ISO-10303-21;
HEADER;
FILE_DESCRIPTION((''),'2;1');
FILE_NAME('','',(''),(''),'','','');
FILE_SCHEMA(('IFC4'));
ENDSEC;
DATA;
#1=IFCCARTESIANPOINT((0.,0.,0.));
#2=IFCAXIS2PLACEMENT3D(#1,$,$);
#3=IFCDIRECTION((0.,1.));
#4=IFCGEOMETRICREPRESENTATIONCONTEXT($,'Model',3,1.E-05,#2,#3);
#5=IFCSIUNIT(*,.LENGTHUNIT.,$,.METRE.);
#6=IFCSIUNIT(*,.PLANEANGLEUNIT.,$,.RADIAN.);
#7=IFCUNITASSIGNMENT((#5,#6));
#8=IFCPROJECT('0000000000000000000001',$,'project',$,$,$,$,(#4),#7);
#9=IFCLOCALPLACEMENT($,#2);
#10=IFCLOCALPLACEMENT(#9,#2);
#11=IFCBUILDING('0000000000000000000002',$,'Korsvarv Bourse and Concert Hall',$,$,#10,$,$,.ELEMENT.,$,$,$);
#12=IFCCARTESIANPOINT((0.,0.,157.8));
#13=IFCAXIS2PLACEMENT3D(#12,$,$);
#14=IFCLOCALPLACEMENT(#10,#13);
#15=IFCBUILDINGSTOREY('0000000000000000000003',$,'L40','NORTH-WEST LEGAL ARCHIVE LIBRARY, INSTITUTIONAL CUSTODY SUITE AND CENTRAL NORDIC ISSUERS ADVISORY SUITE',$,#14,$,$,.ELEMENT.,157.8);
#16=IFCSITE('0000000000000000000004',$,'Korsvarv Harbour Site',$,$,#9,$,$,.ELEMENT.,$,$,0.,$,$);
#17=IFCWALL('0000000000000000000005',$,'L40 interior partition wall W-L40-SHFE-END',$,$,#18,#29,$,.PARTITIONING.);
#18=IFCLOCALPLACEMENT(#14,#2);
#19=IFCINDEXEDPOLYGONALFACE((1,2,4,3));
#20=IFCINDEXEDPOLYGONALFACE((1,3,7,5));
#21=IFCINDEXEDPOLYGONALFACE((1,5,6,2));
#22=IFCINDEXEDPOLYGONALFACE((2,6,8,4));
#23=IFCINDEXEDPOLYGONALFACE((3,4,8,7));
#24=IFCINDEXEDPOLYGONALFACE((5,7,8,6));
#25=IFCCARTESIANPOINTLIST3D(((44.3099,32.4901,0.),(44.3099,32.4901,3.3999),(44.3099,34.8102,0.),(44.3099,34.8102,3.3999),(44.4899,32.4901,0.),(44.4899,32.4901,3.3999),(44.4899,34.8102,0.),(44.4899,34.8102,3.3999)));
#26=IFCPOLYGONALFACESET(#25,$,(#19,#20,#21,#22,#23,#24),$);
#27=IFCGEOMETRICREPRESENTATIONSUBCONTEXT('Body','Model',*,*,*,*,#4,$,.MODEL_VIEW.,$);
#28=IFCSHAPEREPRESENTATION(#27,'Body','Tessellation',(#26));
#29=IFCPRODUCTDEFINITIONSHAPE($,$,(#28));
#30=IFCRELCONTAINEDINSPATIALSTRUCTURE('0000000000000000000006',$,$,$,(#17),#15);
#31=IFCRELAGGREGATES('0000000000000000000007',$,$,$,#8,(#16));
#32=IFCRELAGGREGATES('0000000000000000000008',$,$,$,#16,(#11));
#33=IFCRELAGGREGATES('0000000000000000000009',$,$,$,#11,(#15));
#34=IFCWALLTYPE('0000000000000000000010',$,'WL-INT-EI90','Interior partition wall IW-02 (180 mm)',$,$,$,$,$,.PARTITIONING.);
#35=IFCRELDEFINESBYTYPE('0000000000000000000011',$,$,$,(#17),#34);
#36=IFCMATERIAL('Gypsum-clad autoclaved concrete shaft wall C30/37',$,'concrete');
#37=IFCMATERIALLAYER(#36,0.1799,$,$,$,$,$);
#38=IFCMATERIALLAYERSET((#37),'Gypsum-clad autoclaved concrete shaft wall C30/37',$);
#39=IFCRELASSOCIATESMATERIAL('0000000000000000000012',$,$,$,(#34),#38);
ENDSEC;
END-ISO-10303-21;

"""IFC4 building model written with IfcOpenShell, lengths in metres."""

from ifc_helpers import new_model, si_unit, direction, frame, frame_2d, origin, place, context, subcontext, project, spatial, rectangle, extrude, material, layer, layer_set, type_object, element, save


model = new_model("IFC4")

# Units and contexts
model_context = context("Model", 3, precision=1e-05, world=origin(), true_north=direction((0.0, 1.0)))
body_context = subcontext(model_context, "Body", "Model", "MODEL_VIEW")
ifc_project = project(units=[si_unit("LENGTHUNIT", "METRE"), si_unit("PLANEANGLEUNIT", "RADIAN")], contexts=[model_context])

# Site, building, storey
site_placement = place(None, origin())
site = spatial("IfcSite", under=ifc_project, at=site_placement, Name="Korsvarv Harbour Site", CompositionType="ELEMENT", RefElevation=0.0)
building_placement = place(site_placement, origin())
building = spatial("IfcBuilding", under=site, at=building_placement, Name="Korsvarv Bourse and Concert Hall", CompositionType="ELEMENT")
storey_placement = place(building_placement, frame((0.0, 0.0, 157.8)))
storey = spatial("IfcBuildingStorey", under=building, at=storey_placement, Name="L40", Description="NORTH-WEST LEGAL ARCHIVE LIBRARY, INSTITUTIONAL CUSTODY SUITE AND CENTRAL NORDIC ISSUERS ADVISORY SUITE", CompositionType="ELEMENT", Elevation=157.8)

# Wall
ifc_material_1 = material(Name="Gypsum-clad autoclaved concrete shaft wall C30/37", Category="concrete")
ifc_layer_1 = layer(ifc_material_1, 0.1799)
ifc_layer_set_1 = layer_set([ifc_layer_1], Name="Gypsum-clad autoclaved concrete shaft wall C30/37")
wall_type_1 = type_object("IfcWallType", Name="WL-INT-EI90", Description="Interior partition wall IW-02 (180 mm)", PredefinedType="PARTITIONING", material=ifc_layer_set_1)
for number, where, z_axis, x_axis, name in (
    (1, (44.3999, 32.49, 0.0), (0.0, 0.0, 1.0), (0.0, 1.0, 0.0), "L40 interior partition wall W-L40-SHFE-END"),
):
    element("IfcWall", number, at=place(storey_placement, frame(where, z_axis=z_axis, x_axis=x_axis)), inside=storey, type_object=wall_type_1, Name=name, PredefinedType="PARTITIONING", context=body_context, shape_type="SweptSolid", body=[
        extrude(rectangle(XDim=2.3201, YDim=0.1799, at=frame_2d((1.1602, 0.0))), origin(), (0.0, 0.0, 1.0), 3.3999),
    ])

save(model, "model.ifc")
